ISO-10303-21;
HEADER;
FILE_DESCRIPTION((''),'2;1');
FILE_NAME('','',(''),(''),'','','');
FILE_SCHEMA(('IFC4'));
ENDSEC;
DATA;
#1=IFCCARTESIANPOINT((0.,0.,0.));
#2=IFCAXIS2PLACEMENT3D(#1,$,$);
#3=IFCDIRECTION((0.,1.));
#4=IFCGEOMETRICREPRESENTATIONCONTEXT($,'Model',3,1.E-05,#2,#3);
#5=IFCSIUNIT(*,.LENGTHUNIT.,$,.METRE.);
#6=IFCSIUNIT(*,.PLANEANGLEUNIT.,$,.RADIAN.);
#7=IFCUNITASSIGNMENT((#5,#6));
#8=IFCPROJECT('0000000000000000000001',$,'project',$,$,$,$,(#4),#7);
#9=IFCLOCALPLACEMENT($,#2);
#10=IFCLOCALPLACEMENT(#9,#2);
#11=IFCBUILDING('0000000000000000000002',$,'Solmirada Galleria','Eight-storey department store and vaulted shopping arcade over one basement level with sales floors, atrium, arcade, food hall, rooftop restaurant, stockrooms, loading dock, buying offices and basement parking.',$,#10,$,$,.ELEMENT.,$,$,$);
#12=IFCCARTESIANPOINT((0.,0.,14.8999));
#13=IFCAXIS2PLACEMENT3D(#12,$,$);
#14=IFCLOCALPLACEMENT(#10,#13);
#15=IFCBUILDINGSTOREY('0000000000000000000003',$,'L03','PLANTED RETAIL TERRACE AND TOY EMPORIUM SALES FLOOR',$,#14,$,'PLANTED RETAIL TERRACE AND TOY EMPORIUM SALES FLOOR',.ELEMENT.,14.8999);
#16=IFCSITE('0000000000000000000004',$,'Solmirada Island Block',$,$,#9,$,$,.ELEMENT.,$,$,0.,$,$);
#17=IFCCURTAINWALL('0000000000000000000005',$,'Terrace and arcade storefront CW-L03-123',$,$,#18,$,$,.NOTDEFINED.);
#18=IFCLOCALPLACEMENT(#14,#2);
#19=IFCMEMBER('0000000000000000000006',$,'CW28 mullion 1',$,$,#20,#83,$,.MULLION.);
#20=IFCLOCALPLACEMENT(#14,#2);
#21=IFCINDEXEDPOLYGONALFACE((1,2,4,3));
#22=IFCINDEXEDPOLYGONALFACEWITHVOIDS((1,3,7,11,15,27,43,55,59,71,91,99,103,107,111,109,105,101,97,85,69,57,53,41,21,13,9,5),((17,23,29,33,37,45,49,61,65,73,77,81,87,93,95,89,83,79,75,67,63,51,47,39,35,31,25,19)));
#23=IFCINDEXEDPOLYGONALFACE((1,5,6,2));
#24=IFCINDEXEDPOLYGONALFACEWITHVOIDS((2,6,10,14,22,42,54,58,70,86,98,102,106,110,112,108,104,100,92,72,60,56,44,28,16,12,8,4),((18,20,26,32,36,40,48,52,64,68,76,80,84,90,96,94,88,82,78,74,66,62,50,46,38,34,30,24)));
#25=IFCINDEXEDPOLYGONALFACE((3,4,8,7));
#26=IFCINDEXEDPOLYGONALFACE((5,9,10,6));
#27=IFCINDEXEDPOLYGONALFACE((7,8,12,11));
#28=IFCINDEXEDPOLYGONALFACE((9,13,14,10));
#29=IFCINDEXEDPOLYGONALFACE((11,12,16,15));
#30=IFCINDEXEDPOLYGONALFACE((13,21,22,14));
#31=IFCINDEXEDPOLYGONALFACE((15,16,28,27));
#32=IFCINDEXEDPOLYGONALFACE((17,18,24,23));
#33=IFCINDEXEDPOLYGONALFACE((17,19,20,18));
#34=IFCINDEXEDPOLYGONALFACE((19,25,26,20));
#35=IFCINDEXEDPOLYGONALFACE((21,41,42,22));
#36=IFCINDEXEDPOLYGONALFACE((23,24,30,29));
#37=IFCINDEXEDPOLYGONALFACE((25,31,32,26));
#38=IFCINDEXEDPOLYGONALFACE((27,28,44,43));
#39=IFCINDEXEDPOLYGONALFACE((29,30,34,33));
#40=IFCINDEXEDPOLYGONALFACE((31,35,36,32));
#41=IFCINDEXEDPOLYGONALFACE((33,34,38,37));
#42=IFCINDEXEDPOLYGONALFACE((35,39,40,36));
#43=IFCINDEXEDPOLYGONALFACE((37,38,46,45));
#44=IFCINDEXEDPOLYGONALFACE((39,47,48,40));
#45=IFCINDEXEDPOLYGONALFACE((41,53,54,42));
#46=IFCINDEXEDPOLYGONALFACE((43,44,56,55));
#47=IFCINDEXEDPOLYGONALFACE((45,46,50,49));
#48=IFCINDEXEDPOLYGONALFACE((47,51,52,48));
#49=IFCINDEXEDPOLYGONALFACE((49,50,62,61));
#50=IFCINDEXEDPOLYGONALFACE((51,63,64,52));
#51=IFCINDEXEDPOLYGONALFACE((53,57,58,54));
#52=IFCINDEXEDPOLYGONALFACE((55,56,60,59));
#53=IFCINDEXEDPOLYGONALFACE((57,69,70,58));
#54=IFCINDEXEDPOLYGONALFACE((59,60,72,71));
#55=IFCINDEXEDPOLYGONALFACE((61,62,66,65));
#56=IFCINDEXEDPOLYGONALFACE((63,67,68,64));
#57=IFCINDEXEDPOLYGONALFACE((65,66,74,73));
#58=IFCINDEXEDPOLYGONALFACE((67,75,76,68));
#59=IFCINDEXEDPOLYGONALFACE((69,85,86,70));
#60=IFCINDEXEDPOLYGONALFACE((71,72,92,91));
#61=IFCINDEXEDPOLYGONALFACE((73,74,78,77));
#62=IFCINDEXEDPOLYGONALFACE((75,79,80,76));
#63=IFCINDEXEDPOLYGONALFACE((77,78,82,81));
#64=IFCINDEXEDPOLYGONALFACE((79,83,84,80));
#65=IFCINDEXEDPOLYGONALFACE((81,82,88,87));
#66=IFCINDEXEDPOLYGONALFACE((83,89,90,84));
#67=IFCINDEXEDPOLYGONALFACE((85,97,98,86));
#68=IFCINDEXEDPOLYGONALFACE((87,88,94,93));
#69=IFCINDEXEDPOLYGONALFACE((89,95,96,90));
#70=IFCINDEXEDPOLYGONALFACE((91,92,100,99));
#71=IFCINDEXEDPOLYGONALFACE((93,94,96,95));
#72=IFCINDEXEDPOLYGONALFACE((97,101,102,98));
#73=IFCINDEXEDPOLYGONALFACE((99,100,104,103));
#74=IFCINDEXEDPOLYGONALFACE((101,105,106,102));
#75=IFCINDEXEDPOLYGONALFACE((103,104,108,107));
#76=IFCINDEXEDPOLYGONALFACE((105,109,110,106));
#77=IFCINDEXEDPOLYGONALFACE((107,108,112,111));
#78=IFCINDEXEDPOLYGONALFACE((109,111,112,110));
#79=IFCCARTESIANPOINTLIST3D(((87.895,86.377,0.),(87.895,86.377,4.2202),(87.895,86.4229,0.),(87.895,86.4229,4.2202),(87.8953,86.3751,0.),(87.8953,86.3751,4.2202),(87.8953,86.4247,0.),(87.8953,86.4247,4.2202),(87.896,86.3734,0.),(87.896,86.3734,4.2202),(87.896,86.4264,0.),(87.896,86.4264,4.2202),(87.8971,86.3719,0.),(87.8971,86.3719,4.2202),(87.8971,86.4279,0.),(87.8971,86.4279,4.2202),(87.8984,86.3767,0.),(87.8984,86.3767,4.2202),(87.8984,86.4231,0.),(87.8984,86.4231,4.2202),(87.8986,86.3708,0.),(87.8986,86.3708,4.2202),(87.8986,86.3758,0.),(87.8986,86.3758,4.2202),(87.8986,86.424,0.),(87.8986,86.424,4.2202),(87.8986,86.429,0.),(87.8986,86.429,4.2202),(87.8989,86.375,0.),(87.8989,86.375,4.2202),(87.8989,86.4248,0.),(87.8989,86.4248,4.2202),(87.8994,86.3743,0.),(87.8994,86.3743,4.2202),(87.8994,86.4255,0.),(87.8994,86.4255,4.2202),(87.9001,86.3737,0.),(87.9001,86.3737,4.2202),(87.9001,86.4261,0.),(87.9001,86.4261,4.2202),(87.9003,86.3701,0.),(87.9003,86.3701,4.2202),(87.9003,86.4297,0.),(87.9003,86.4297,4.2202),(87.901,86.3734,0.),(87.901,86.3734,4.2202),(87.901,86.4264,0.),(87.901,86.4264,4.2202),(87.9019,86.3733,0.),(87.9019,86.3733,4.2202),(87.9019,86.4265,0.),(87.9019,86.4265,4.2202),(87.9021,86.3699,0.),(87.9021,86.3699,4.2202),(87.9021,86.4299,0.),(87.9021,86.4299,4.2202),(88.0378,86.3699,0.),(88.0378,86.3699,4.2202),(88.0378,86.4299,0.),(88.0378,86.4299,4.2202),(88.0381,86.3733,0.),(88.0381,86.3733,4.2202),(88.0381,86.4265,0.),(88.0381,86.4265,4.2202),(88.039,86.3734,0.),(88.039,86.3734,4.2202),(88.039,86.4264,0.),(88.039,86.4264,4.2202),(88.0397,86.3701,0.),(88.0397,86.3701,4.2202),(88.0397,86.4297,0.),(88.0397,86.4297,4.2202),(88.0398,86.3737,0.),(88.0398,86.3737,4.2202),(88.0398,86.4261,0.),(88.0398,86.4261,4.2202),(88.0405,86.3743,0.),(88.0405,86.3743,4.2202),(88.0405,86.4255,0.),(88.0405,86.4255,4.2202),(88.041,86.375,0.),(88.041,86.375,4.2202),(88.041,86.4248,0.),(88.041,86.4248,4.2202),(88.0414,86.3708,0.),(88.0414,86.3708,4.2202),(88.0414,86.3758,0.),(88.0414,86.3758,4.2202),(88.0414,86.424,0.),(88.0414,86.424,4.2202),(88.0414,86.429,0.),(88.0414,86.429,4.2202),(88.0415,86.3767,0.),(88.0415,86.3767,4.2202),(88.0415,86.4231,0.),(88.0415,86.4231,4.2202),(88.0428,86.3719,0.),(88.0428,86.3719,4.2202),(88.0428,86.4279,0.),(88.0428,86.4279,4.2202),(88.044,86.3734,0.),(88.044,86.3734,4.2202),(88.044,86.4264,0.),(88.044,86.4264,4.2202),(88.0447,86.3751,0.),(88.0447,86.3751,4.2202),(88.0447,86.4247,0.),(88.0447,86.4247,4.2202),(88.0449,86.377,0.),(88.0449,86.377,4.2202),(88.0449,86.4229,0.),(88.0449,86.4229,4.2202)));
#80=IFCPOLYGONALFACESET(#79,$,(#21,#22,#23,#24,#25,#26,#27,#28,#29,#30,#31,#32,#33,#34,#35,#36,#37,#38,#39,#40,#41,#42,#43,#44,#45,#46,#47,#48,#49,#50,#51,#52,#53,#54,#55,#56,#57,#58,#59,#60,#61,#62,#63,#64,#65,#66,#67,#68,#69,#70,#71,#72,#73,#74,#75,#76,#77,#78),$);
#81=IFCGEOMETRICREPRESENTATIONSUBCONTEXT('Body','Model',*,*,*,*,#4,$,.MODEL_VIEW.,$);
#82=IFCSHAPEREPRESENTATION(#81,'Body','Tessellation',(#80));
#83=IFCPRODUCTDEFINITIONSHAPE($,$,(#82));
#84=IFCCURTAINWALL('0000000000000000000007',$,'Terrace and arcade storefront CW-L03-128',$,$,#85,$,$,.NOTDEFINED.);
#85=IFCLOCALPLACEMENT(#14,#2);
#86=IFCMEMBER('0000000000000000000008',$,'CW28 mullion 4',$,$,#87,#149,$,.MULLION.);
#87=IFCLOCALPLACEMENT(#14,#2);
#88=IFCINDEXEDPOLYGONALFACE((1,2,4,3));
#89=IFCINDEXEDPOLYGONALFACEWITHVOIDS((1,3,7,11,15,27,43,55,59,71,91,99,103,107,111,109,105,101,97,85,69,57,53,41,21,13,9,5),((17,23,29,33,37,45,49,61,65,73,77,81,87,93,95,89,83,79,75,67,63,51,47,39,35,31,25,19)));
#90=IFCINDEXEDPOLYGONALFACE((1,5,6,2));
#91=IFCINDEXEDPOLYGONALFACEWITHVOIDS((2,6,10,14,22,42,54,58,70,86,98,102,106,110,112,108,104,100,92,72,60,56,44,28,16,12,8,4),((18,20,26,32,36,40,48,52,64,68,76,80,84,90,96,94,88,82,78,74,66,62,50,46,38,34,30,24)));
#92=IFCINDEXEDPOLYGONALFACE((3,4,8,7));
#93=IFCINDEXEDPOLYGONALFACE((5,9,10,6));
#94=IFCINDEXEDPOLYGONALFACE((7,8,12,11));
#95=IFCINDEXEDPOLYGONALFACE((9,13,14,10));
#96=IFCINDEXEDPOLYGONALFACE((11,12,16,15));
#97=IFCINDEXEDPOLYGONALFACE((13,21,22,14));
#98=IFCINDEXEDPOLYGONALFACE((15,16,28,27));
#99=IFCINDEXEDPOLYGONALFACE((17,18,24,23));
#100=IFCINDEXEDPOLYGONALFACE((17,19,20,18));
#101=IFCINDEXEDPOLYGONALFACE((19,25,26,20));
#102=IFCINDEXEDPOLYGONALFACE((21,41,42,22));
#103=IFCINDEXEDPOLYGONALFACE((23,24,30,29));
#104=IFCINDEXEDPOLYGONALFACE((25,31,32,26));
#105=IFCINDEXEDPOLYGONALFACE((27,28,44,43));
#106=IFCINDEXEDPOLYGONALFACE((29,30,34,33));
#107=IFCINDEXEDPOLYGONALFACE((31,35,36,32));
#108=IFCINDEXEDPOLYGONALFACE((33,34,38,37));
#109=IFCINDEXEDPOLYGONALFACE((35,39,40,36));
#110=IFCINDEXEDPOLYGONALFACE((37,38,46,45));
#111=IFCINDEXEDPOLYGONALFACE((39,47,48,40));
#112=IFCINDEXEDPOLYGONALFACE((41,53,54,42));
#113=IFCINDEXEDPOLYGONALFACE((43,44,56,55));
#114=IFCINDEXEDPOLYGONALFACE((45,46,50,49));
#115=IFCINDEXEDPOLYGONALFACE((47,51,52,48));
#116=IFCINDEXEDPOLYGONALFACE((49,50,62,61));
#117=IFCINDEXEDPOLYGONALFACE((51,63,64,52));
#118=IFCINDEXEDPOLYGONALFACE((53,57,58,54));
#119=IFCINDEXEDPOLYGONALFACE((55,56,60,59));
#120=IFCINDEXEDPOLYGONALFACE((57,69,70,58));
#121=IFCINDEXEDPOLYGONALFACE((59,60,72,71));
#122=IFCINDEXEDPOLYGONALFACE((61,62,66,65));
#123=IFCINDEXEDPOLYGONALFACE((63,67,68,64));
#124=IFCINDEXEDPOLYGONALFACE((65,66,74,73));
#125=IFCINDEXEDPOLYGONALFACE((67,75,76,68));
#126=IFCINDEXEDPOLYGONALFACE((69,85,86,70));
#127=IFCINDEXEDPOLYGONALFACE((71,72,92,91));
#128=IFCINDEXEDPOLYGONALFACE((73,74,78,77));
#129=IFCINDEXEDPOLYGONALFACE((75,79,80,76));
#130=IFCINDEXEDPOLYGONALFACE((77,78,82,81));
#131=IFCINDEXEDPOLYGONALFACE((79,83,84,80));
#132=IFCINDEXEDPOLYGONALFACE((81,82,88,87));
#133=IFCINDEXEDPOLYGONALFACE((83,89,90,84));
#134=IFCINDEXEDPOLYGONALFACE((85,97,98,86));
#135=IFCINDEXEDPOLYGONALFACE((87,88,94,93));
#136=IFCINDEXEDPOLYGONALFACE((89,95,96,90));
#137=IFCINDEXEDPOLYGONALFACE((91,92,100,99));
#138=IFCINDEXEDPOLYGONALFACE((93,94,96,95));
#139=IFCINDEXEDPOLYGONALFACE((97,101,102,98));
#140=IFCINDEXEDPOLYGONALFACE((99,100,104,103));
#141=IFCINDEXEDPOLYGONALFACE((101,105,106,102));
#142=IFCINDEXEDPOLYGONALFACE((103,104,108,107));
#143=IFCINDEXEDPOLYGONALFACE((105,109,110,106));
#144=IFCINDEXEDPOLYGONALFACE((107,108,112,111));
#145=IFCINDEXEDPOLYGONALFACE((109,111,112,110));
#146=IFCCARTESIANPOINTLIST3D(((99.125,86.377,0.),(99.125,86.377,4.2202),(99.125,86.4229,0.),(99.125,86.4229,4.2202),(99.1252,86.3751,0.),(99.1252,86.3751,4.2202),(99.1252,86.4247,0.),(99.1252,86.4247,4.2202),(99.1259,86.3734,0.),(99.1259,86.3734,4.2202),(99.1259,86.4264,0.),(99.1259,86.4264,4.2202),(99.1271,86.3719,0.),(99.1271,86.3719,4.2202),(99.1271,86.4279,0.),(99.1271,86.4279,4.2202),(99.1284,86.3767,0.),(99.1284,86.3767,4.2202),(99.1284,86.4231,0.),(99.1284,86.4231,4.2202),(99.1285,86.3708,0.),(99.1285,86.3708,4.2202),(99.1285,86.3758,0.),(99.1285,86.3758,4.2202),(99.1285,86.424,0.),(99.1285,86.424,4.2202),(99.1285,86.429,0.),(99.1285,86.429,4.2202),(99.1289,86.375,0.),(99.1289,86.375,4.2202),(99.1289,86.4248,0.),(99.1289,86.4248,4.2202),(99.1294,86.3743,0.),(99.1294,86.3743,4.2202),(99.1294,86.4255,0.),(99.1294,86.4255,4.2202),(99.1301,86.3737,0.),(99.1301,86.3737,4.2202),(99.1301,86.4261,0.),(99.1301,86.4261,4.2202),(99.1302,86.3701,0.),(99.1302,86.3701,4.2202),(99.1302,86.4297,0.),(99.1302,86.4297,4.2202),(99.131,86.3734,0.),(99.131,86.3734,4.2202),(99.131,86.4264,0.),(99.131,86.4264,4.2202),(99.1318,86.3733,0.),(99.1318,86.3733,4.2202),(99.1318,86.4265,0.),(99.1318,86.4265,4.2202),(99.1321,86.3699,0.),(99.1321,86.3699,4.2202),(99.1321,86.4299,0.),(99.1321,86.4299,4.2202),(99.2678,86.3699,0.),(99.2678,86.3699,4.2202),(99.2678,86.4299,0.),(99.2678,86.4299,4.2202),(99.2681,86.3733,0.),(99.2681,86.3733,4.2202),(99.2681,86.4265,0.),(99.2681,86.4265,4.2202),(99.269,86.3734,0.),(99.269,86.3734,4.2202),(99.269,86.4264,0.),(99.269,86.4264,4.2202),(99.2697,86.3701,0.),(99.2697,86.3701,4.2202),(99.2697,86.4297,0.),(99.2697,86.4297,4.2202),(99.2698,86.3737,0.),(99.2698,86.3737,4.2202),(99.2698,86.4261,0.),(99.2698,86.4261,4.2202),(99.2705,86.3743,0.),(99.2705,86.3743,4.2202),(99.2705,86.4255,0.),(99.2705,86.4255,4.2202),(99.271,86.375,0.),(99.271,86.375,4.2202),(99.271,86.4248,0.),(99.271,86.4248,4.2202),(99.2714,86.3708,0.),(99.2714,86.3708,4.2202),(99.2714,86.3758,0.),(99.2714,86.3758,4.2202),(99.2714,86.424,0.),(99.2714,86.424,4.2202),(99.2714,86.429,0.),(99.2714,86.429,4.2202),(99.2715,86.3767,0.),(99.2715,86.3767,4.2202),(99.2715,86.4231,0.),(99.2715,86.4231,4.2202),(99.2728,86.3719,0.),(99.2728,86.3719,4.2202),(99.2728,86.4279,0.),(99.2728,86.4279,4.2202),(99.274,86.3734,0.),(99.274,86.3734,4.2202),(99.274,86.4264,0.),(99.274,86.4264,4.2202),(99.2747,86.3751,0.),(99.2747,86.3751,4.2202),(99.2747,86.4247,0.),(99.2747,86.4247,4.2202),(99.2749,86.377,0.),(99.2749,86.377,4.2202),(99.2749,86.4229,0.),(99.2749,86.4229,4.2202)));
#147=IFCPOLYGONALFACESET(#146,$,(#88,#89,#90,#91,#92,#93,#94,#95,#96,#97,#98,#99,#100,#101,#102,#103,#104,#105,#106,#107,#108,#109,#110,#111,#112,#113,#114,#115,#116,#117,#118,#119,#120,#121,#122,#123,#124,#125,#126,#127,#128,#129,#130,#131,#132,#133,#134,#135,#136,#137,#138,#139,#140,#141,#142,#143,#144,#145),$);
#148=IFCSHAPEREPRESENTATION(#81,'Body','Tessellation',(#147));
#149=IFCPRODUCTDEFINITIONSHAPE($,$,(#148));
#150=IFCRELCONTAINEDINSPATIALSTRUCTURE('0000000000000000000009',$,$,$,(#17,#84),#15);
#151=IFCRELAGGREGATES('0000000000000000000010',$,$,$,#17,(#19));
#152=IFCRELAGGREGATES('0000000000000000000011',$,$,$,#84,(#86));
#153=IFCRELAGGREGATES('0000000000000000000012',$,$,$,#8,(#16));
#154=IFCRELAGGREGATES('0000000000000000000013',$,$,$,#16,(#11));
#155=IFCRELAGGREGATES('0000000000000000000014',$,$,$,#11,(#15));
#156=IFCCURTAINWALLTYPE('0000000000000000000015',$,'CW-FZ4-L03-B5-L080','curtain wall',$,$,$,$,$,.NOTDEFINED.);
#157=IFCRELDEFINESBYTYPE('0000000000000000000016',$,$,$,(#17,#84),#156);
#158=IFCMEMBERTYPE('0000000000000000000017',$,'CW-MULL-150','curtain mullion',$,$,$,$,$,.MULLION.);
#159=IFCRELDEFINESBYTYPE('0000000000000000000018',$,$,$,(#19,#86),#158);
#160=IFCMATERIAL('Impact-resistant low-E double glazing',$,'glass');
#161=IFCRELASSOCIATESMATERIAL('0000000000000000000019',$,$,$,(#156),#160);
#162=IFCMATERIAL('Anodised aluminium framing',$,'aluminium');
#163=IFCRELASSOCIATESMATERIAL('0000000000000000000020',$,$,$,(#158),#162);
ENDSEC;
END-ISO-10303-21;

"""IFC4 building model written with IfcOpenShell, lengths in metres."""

from ifc_helpers import new_model, si_unit, direction, frame, origin, origin_2d, place, context, subcontext, project, spatial, hollow_rectangle, extrude, material, material_profile, profile_set, type_object, element, aggregate, save


model = new_model("IFC4")

# Units and contexts
model_context = context("Model", 3, precision=1e-05, world=origin(), true_north=direction((0.0, 1.0)))
body_context = subcontext(model_context, "Body", "Model", "MODEL_VIEW")
ifc_project = project(units=[si_unit("LENGTHUNIT", "METRE"), si_unit("PLANEANGLEUNIT", "RADIAN")], contexts=[model_context])

# Site, building, storey
site_placement = place(None, origin())
site = spatial("IfcSite", under=ifc_project, at=site_placement, Name="Solmirada Island Block", CompositionType="ELEMENT", RefElevation=0.0)
building_placement = place(site_placement, origin())
building = spatial("IfcBuilding", under=site, at=building_placement, Name="Solmirada Galleria", Description="Eight-storey department store and vaulted shopping arcade over one basement level with sales floors, atrium, arcade, food hall, rooftop restaurant, stockrooms, loading dock, buying offices and basement parking.", CompositionType="ELEMENT")
storey_placement = place(building_placement, frame((0.0, 0.0, 14.8999)))
storey = spatial("IfcBuildingStorey", under=building, at=storey_placement, Name="L03", Description="PLANTED RETAIL TERRACE AND TOY EMPORIUM SALES FLOOR", LongName="PLANTED RETAIL TERRACE AND TOY EMPORIUM SALES FLOOR", CompositionType="ELEMENT", Elevation=14.8999)

# Curtain wall, member
ifc_material_1 = material(Name="Impact-resistant low-E double glazing", Category="glass")
curtain_wall_type = type_object("IfcCurtainWallType", Name="CW-FZ4-L03-B5-L080", Description="curtain wall", PredefinedType="NOTDEFINED", material=ifc_material_1)
curtain_wall_1_placement = place(storey_placement, origin())
curtain_wall_1 = element("IfcCurtainWall", 1, at=curtain_wall_1_placement, inside=storey, type_object=curtain_wall_type, Name="Terrace and arcade storefront CW-L03-123", PredefinedType="NOTDEFINED")
ifc_material_2 = material(Name="Anodised aluminium framing", Category="aluminium")
ifc_material_profile_1 = material_profile(ifc_material_2, hollow_rectangle(XDim=0.0601, YDim=0.1499, WallThickness=0.0034, InnerFilletRadius=0.0034, OuterFilletRadius=0.0071, at=origin_2d()), Name="ALU-MULL-150X60")
ifc_profile_set_1 = profile_set([ifc_material_profile_1], Name="Anodised aluminium framing")
member_type_1 = type_object("IfcMemberType", Name="CW-MULL-150", Description="curtain mullion", PredefinedType="MULLION", material=ifc_profile_set_1)
member_1_placement = place(storey_placement, frame((87.97, 86.3999, 0.0), z_axis=(0.0, 0.0, 1.0), x_axis=(0.0, -1.0, 0.0)))
member_1 = element("IfcMember", 2, at=member_1_placement, type_object=member_type_1, Name="CW28 mullion 1", PredefinedType="MULLION", context=body_context, shape_type="SweptSolid", body=[
    extrude(hollow_rectangle(XDim=0.0601, YDim=0.1499, WallThickness=0.0034, InnerFilletRadius=0.0034, OuterFilletRadius=0.0071, at=origin_2d()), origin(), (0.0, 0.0, 1.0), 4.2202),
])

# Curtain wall, member
curtain_wall_2_placement = place(storey_placement, origin())
curtain_wall_2 = element("IfcCurtainWall", 3, at=curtain_wall_2_placement, inside=storey, type_object=curtain_wall_type, Name="Terrace and arcade storefront CW-L03-128", PredefinedType="NOTDEFINED")
member_2_placement = place(storey_placement, frame((99.2, 86.3999, 0.0), z_axis=(0.0, 0.0, 1.0), x_axis=(0.0, -1.0, 0.0)))
member_2 = element("IfcMember", 4, at=member_2_placement, type_object=member_type_1, Name="CW28 mullion 4", PredefinedType="MULLION", context=body_context, shape_type="SweptSolid", body=[
    extrude(hollow_rectangle(XDim=0.0601, YDim=0.1499, WallThickness=0.0034, InnerFilletRadius=0.0034, OuterFilletRadius=0.0071, at=origin_2d()), origin(), (0.0, 0.0, 1.0), 4.2202),
])

aggregate(curtain_wall_1, [member_1])
aggregate(curtain_wall_2, [member_2])

save(model, "model.ifc")
